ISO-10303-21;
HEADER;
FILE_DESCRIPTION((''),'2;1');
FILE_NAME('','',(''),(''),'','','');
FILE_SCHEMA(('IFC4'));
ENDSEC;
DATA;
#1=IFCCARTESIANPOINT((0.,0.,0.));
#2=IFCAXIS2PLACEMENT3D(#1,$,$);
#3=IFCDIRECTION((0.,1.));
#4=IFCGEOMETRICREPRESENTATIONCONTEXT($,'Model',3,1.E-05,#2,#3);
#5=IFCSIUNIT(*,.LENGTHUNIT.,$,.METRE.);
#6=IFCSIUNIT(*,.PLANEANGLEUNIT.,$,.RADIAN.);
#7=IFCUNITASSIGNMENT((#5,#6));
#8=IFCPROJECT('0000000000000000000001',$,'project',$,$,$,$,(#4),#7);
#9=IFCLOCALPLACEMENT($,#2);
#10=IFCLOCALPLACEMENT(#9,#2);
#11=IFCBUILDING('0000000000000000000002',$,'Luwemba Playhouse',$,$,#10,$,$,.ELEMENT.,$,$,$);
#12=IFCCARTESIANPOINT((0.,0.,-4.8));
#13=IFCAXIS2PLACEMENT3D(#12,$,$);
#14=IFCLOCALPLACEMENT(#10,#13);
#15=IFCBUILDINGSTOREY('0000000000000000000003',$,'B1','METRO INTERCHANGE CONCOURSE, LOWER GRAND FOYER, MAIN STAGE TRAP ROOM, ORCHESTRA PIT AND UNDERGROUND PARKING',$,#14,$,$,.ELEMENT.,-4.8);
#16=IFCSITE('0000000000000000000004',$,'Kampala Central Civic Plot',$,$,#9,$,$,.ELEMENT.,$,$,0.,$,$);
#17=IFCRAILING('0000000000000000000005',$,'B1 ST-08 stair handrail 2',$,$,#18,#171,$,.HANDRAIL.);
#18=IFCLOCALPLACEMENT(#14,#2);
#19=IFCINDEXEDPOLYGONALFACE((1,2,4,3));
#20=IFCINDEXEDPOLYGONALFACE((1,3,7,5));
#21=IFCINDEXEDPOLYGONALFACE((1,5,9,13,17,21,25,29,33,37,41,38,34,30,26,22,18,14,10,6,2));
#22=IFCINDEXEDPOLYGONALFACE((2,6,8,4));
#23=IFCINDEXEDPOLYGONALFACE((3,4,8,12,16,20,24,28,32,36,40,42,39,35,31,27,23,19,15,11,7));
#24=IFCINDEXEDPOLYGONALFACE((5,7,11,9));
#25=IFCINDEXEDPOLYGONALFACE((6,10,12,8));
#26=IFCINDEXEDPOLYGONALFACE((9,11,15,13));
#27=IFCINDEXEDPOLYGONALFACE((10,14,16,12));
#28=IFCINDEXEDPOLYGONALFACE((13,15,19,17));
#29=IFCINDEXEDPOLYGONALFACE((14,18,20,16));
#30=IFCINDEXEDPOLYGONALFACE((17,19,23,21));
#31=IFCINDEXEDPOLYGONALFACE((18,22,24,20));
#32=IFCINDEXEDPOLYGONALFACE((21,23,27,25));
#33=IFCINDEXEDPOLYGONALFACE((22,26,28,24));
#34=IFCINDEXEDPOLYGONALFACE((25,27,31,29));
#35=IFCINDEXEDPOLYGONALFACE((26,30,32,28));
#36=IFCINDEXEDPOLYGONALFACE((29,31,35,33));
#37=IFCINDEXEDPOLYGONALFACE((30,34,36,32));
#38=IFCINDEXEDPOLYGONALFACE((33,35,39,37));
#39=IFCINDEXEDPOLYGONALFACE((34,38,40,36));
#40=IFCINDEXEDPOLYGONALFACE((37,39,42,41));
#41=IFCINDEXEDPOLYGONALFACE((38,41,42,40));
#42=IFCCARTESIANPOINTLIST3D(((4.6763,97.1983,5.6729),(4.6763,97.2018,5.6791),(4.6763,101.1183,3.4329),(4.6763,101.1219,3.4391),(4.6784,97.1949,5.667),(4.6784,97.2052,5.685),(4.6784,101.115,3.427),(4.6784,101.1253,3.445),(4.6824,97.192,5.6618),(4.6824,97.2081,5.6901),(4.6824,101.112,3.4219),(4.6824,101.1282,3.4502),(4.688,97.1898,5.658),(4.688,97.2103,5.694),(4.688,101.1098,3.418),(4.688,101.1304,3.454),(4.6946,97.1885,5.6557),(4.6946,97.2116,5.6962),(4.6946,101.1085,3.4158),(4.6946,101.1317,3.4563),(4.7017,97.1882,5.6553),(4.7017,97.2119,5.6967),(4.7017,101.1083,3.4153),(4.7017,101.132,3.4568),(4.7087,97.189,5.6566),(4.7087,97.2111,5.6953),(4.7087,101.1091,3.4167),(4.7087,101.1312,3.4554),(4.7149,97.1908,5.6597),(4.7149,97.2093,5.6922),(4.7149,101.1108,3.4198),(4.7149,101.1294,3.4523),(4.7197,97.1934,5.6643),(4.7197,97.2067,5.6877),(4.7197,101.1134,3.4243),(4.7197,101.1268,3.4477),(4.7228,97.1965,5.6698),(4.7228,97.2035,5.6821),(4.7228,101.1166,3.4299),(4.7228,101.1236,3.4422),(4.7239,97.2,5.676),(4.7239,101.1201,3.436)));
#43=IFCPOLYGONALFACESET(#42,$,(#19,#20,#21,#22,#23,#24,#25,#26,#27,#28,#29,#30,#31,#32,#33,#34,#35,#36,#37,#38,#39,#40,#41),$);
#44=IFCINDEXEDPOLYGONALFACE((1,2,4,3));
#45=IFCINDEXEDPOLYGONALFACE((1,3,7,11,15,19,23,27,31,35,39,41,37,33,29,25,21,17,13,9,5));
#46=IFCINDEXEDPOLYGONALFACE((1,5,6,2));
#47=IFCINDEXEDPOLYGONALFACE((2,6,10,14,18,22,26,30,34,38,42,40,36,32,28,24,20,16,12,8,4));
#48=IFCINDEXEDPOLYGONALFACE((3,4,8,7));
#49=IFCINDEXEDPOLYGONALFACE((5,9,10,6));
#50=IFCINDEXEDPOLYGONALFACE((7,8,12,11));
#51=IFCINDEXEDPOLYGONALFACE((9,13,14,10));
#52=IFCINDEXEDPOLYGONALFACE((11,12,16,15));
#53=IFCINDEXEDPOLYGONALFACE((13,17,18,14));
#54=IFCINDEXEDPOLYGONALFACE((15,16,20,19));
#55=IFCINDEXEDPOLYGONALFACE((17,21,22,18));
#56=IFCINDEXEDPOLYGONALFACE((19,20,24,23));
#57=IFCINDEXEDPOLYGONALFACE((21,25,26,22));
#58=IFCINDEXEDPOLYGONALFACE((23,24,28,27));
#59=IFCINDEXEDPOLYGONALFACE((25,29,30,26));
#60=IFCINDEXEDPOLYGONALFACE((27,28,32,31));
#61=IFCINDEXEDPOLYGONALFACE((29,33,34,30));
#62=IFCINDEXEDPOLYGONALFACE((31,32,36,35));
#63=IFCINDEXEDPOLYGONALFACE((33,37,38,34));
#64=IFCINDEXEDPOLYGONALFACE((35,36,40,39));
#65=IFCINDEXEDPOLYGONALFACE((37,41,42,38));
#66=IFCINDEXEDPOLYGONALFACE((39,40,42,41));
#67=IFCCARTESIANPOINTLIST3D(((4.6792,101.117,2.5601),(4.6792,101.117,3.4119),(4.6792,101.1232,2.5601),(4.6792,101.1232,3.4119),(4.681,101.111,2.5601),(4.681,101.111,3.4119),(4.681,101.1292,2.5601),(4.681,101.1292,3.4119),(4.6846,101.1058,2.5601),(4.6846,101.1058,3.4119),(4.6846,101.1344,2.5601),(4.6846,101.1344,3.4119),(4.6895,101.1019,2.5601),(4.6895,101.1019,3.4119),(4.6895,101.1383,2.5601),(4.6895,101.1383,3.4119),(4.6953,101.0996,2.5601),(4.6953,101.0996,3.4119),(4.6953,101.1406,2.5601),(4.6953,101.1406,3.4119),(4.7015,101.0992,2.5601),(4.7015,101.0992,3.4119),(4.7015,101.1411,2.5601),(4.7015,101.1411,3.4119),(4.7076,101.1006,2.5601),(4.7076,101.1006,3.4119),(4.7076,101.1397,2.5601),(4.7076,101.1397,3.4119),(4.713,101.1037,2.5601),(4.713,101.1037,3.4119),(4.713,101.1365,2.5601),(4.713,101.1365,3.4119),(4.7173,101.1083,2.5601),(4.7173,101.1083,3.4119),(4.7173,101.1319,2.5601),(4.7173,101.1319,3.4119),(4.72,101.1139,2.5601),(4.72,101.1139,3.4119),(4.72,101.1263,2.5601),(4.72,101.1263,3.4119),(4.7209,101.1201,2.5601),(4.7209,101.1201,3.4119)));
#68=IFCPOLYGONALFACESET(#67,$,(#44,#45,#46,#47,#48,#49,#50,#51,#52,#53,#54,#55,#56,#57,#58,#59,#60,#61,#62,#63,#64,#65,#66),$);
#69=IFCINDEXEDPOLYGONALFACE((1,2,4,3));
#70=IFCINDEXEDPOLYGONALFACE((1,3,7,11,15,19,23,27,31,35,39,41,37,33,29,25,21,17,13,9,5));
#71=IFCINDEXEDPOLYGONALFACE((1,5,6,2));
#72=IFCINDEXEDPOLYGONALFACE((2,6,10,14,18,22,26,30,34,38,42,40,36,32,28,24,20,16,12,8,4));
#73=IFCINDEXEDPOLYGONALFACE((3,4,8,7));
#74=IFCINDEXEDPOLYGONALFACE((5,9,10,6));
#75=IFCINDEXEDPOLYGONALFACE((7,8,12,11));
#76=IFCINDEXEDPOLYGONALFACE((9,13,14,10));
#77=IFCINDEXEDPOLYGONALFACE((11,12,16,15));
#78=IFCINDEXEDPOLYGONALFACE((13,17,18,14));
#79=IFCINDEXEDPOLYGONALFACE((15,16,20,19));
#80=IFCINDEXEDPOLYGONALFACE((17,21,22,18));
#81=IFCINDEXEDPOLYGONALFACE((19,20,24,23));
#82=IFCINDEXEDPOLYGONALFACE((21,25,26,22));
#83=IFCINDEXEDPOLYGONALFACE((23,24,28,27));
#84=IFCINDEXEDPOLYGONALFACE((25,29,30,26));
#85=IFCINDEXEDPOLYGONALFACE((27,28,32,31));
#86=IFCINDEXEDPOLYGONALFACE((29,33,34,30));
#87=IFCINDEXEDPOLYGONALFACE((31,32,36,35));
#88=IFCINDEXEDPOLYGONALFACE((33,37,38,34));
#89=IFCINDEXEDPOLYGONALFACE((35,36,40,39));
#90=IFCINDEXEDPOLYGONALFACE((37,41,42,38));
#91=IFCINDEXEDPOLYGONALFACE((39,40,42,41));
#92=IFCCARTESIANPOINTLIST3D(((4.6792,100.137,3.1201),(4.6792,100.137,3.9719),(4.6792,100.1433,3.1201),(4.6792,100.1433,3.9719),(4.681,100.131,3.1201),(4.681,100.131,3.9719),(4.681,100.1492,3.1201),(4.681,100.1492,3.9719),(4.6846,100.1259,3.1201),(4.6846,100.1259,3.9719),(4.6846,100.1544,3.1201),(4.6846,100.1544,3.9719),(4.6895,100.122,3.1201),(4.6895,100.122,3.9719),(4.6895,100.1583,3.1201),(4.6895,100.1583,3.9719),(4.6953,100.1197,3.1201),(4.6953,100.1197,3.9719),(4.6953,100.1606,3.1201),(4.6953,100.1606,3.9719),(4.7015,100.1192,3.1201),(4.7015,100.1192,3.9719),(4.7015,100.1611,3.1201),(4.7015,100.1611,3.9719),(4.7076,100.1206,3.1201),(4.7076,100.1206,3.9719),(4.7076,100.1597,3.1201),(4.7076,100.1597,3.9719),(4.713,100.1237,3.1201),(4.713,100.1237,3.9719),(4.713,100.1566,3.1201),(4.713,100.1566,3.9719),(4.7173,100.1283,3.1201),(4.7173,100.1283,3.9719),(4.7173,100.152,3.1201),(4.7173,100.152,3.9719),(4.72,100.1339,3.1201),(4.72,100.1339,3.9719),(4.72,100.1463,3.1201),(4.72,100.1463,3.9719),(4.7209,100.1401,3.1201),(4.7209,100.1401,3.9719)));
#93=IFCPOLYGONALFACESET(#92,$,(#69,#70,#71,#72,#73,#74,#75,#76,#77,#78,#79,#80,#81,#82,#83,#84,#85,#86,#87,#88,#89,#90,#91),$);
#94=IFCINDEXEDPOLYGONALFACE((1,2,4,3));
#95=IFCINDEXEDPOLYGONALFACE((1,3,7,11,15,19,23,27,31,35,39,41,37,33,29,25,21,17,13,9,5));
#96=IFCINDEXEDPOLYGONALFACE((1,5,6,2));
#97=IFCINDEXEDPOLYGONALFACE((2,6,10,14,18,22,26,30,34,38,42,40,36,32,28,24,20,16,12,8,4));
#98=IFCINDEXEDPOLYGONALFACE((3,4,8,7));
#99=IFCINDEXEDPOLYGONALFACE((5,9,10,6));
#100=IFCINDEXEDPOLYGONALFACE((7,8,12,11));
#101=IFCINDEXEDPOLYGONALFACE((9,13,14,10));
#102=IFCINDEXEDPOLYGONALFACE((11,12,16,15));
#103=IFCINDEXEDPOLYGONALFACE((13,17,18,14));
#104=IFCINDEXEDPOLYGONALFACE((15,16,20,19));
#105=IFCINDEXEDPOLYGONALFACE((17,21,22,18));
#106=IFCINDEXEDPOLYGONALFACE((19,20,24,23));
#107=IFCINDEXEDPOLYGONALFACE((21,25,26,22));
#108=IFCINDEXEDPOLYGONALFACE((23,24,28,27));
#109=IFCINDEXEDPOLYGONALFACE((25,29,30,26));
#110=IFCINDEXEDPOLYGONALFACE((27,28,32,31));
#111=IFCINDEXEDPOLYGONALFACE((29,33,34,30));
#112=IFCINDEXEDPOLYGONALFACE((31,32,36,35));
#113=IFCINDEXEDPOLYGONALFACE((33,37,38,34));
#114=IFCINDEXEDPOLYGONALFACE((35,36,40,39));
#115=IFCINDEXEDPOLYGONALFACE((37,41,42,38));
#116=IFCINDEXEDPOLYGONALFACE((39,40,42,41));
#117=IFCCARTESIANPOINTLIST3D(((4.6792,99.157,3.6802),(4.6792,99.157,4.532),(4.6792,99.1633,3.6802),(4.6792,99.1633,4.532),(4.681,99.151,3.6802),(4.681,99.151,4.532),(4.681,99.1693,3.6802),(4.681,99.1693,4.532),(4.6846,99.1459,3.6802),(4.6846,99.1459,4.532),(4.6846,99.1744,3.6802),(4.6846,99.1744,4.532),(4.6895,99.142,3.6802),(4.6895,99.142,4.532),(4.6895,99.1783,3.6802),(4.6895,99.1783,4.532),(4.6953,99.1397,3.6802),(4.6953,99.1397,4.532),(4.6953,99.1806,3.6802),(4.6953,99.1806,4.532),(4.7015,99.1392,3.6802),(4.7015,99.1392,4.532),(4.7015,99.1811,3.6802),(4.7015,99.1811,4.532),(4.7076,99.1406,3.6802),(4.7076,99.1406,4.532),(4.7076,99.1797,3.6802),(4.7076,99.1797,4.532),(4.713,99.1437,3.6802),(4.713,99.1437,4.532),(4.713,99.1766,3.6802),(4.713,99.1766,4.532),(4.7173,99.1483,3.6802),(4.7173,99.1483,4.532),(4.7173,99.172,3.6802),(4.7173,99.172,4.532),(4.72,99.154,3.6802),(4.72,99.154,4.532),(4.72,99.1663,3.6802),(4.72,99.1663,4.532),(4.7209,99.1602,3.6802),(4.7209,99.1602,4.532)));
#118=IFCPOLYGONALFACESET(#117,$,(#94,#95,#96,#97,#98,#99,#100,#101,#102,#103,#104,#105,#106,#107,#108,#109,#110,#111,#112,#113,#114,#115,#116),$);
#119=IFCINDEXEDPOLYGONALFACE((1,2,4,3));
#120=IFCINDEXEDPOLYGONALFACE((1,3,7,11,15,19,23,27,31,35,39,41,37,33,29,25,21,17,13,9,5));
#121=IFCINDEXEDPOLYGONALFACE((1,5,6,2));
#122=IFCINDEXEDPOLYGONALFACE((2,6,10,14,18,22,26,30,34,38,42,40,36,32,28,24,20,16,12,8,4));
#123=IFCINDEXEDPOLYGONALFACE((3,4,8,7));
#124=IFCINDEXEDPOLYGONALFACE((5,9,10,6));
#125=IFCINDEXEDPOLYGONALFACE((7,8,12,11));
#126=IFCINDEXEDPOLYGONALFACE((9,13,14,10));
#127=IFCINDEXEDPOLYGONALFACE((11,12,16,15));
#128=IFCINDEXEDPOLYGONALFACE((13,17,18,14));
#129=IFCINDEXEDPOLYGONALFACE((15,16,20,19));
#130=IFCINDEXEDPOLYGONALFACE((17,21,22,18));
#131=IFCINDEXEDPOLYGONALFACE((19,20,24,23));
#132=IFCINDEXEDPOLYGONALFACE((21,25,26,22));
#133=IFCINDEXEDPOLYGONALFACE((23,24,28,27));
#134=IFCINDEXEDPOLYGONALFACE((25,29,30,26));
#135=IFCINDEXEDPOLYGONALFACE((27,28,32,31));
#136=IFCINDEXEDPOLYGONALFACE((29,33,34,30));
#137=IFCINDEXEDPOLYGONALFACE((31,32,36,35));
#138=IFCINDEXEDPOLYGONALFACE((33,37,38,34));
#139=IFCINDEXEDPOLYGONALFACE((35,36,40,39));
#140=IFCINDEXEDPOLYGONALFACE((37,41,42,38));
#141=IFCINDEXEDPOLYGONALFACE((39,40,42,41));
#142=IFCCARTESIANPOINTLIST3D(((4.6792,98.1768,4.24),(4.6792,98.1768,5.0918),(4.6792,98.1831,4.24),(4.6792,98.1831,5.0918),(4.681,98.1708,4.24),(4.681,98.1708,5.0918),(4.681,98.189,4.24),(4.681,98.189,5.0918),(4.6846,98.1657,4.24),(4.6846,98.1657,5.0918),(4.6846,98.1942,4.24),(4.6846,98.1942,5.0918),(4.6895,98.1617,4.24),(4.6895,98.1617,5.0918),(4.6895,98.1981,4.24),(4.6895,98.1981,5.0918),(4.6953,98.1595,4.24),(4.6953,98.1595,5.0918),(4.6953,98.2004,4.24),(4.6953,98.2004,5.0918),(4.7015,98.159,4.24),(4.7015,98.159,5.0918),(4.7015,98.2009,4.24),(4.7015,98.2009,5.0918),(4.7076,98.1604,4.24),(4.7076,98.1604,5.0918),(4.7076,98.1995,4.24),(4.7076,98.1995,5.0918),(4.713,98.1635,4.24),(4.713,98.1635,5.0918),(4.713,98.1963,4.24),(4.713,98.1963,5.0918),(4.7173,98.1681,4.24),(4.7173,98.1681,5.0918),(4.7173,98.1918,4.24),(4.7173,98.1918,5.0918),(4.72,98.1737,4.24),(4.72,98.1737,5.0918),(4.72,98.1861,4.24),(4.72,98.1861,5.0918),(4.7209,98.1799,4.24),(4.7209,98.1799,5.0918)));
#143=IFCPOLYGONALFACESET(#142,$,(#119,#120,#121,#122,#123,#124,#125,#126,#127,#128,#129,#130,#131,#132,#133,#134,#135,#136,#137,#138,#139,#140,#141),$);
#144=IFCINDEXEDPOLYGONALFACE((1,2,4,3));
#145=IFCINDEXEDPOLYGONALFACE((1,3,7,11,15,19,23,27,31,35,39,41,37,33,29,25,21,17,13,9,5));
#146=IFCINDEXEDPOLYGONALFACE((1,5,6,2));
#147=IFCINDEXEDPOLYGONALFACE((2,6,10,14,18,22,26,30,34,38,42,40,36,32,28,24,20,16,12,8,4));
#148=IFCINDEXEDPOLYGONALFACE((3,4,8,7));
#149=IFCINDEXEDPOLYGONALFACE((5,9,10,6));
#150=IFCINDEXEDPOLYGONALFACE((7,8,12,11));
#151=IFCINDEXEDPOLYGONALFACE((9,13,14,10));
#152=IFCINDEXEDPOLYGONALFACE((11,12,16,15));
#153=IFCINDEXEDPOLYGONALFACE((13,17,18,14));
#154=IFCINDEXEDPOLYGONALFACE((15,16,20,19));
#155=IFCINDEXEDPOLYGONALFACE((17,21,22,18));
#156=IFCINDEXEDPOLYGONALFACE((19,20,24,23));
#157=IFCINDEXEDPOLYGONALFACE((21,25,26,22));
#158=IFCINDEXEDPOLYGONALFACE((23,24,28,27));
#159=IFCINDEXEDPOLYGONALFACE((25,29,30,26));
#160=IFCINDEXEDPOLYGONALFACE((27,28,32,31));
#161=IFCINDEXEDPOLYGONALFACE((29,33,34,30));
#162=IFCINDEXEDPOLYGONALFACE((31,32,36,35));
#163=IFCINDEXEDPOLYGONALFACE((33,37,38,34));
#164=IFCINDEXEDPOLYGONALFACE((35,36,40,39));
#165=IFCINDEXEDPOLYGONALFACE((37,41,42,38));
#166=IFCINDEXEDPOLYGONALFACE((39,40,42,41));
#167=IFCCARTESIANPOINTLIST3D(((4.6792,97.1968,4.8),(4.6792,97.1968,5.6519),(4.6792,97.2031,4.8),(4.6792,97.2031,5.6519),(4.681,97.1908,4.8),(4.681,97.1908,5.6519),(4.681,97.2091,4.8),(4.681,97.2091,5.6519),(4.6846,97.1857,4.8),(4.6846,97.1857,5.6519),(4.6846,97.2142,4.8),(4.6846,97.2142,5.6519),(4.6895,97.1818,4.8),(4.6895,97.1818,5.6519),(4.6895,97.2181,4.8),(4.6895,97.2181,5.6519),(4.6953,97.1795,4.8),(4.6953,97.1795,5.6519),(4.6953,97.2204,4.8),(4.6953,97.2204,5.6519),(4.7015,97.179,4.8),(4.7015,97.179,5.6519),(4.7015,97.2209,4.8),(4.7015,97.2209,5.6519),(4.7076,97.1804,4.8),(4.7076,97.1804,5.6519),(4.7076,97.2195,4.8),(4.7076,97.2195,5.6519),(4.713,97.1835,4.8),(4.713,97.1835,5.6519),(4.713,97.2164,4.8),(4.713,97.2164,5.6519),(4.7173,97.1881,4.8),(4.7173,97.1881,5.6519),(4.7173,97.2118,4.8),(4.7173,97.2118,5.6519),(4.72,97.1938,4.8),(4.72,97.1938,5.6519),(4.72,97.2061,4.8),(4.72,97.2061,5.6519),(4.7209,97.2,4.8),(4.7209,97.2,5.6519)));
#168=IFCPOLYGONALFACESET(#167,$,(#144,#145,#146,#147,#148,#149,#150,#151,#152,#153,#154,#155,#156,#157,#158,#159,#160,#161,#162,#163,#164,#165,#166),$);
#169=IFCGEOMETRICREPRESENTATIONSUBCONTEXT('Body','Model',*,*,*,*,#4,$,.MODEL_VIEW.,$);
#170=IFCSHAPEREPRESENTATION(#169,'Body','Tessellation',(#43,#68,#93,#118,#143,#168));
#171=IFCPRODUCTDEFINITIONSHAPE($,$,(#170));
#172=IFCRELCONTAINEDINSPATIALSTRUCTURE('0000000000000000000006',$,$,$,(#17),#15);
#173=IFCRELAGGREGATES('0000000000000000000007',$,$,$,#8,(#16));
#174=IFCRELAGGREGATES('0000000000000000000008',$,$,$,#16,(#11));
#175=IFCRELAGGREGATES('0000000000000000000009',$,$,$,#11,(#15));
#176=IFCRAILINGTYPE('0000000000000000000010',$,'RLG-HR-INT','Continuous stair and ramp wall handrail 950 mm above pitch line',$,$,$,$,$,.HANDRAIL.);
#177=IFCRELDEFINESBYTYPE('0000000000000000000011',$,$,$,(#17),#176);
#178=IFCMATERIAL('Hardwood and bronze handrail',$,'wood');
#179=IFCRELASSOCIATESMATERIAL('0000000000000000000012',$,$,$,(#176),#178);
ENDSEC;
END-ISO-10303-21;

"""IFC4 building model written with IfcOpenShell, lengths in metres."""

from ifc_helpers import new_model, si_unit, direction, frame, origin, origin_2d, place, context, subcontext, project, spatial, circle, extrude, material, type_object, element, save


model = new_model("IFC4")

# Units and contexts
model_context = context("Model", 3, precision=1e-05, world=origin(), true_north=direction((0.0, 1.0)))
body_context = subcontext(model_context, "Body", "Model", "MODEL_VIEW")
ifc_project = project(units=[si_unit("LENGTHUNIT", "METRE"), si_unit("PLANEANGLEUNIT", "RADIAN")], contexts=[model_context])

# Site, building, storey
site_placement = place(None, origin())
site = spatial("IfcSite", under=ifc_project, at=site_placement, Name="Kampala Central Civic Plot", CompositionType="ELEMENT", RefElevation=0.0)
building_placement = place(site_placement, origin())
building = spatial("IfcBuilding", under=site, at=building_placement, Name="Luwemba Playhouse", CompositionType="ELEMENT")
storey_placement = place(building_placement, frame((0.0, 0.0, -4.8)))
storey = spatial("IfcBuildingStorey", under=building, at=storey_placement, Name="B1", Description="METRO INTERCHANGE CONCOURSE, LOWER GRAND FOYER, MAIN STAGE TRAP ROOM, ORCHESTRA PIT AND UNDERGROUND PARKING", CompositionType="ELEMENT", Elevation=-4.8)

# Railing
ifc_material_1 = material(Name="Hardwood and bronze handrail", Category="wood")
railing_type_1 = type_object("IfcRailingType", Name="RLG-HR-INT", Description="Continuous stair and ramp wall handrail 950 mm above pitch line", PredefinedType="HANDRAIL", material=ifc_material_1)
railing_1_placement = place(storey_placement, frame((4.7, 101.1201, 2.5601)))
element("IfcRailing", 1, at=railing_1_placement, inside=storey, type_object=railing_type_1, Name="B1 ST-08 stair handrail 2", PredefinedType="HANDRAIL", context=body_context, shape_type="SweptSolid", body=[
    extrude(circle(Radius=0.0239, at=origin_2d()), frame((0.0, 0.0, 0.876), z_axis=(0.0, -0.868253, 0.496121), x_axis=(1.0, 0.0, 0.0)), (0.0, 0.0, 1.0), 4.5149),
    extrude(circle(Radius=0.021, at=origin_2d()), origin(), (0.0, 0.0, 1.0), 0.8518),
    extrude(circle(Radius=0.021, at=origin_2d()), frame((0.0, -0.98, 0.5601)), (0.0, 0.0, 1.0), 0.8518),
    extrude(circle(Radius=0.021, at=origin_2d()), frame((0.0, -1.96, 1.1201)), (0.0, 0.0, 1.0), 0.8518),
    extrude(circle(Radius=0.021, at=origin_2d()), frame((0.0, -2.9402, 1.6799)), (0.0, 0.0, 1.0), 0.8518),
    extrude(circle(Radius=0.021, at=origin_2d()), frame((0.0, -3.9202, 2.24)), (0.0, 0.0, 1.0), 0.8518),
])

save(model, "model.ifc")
